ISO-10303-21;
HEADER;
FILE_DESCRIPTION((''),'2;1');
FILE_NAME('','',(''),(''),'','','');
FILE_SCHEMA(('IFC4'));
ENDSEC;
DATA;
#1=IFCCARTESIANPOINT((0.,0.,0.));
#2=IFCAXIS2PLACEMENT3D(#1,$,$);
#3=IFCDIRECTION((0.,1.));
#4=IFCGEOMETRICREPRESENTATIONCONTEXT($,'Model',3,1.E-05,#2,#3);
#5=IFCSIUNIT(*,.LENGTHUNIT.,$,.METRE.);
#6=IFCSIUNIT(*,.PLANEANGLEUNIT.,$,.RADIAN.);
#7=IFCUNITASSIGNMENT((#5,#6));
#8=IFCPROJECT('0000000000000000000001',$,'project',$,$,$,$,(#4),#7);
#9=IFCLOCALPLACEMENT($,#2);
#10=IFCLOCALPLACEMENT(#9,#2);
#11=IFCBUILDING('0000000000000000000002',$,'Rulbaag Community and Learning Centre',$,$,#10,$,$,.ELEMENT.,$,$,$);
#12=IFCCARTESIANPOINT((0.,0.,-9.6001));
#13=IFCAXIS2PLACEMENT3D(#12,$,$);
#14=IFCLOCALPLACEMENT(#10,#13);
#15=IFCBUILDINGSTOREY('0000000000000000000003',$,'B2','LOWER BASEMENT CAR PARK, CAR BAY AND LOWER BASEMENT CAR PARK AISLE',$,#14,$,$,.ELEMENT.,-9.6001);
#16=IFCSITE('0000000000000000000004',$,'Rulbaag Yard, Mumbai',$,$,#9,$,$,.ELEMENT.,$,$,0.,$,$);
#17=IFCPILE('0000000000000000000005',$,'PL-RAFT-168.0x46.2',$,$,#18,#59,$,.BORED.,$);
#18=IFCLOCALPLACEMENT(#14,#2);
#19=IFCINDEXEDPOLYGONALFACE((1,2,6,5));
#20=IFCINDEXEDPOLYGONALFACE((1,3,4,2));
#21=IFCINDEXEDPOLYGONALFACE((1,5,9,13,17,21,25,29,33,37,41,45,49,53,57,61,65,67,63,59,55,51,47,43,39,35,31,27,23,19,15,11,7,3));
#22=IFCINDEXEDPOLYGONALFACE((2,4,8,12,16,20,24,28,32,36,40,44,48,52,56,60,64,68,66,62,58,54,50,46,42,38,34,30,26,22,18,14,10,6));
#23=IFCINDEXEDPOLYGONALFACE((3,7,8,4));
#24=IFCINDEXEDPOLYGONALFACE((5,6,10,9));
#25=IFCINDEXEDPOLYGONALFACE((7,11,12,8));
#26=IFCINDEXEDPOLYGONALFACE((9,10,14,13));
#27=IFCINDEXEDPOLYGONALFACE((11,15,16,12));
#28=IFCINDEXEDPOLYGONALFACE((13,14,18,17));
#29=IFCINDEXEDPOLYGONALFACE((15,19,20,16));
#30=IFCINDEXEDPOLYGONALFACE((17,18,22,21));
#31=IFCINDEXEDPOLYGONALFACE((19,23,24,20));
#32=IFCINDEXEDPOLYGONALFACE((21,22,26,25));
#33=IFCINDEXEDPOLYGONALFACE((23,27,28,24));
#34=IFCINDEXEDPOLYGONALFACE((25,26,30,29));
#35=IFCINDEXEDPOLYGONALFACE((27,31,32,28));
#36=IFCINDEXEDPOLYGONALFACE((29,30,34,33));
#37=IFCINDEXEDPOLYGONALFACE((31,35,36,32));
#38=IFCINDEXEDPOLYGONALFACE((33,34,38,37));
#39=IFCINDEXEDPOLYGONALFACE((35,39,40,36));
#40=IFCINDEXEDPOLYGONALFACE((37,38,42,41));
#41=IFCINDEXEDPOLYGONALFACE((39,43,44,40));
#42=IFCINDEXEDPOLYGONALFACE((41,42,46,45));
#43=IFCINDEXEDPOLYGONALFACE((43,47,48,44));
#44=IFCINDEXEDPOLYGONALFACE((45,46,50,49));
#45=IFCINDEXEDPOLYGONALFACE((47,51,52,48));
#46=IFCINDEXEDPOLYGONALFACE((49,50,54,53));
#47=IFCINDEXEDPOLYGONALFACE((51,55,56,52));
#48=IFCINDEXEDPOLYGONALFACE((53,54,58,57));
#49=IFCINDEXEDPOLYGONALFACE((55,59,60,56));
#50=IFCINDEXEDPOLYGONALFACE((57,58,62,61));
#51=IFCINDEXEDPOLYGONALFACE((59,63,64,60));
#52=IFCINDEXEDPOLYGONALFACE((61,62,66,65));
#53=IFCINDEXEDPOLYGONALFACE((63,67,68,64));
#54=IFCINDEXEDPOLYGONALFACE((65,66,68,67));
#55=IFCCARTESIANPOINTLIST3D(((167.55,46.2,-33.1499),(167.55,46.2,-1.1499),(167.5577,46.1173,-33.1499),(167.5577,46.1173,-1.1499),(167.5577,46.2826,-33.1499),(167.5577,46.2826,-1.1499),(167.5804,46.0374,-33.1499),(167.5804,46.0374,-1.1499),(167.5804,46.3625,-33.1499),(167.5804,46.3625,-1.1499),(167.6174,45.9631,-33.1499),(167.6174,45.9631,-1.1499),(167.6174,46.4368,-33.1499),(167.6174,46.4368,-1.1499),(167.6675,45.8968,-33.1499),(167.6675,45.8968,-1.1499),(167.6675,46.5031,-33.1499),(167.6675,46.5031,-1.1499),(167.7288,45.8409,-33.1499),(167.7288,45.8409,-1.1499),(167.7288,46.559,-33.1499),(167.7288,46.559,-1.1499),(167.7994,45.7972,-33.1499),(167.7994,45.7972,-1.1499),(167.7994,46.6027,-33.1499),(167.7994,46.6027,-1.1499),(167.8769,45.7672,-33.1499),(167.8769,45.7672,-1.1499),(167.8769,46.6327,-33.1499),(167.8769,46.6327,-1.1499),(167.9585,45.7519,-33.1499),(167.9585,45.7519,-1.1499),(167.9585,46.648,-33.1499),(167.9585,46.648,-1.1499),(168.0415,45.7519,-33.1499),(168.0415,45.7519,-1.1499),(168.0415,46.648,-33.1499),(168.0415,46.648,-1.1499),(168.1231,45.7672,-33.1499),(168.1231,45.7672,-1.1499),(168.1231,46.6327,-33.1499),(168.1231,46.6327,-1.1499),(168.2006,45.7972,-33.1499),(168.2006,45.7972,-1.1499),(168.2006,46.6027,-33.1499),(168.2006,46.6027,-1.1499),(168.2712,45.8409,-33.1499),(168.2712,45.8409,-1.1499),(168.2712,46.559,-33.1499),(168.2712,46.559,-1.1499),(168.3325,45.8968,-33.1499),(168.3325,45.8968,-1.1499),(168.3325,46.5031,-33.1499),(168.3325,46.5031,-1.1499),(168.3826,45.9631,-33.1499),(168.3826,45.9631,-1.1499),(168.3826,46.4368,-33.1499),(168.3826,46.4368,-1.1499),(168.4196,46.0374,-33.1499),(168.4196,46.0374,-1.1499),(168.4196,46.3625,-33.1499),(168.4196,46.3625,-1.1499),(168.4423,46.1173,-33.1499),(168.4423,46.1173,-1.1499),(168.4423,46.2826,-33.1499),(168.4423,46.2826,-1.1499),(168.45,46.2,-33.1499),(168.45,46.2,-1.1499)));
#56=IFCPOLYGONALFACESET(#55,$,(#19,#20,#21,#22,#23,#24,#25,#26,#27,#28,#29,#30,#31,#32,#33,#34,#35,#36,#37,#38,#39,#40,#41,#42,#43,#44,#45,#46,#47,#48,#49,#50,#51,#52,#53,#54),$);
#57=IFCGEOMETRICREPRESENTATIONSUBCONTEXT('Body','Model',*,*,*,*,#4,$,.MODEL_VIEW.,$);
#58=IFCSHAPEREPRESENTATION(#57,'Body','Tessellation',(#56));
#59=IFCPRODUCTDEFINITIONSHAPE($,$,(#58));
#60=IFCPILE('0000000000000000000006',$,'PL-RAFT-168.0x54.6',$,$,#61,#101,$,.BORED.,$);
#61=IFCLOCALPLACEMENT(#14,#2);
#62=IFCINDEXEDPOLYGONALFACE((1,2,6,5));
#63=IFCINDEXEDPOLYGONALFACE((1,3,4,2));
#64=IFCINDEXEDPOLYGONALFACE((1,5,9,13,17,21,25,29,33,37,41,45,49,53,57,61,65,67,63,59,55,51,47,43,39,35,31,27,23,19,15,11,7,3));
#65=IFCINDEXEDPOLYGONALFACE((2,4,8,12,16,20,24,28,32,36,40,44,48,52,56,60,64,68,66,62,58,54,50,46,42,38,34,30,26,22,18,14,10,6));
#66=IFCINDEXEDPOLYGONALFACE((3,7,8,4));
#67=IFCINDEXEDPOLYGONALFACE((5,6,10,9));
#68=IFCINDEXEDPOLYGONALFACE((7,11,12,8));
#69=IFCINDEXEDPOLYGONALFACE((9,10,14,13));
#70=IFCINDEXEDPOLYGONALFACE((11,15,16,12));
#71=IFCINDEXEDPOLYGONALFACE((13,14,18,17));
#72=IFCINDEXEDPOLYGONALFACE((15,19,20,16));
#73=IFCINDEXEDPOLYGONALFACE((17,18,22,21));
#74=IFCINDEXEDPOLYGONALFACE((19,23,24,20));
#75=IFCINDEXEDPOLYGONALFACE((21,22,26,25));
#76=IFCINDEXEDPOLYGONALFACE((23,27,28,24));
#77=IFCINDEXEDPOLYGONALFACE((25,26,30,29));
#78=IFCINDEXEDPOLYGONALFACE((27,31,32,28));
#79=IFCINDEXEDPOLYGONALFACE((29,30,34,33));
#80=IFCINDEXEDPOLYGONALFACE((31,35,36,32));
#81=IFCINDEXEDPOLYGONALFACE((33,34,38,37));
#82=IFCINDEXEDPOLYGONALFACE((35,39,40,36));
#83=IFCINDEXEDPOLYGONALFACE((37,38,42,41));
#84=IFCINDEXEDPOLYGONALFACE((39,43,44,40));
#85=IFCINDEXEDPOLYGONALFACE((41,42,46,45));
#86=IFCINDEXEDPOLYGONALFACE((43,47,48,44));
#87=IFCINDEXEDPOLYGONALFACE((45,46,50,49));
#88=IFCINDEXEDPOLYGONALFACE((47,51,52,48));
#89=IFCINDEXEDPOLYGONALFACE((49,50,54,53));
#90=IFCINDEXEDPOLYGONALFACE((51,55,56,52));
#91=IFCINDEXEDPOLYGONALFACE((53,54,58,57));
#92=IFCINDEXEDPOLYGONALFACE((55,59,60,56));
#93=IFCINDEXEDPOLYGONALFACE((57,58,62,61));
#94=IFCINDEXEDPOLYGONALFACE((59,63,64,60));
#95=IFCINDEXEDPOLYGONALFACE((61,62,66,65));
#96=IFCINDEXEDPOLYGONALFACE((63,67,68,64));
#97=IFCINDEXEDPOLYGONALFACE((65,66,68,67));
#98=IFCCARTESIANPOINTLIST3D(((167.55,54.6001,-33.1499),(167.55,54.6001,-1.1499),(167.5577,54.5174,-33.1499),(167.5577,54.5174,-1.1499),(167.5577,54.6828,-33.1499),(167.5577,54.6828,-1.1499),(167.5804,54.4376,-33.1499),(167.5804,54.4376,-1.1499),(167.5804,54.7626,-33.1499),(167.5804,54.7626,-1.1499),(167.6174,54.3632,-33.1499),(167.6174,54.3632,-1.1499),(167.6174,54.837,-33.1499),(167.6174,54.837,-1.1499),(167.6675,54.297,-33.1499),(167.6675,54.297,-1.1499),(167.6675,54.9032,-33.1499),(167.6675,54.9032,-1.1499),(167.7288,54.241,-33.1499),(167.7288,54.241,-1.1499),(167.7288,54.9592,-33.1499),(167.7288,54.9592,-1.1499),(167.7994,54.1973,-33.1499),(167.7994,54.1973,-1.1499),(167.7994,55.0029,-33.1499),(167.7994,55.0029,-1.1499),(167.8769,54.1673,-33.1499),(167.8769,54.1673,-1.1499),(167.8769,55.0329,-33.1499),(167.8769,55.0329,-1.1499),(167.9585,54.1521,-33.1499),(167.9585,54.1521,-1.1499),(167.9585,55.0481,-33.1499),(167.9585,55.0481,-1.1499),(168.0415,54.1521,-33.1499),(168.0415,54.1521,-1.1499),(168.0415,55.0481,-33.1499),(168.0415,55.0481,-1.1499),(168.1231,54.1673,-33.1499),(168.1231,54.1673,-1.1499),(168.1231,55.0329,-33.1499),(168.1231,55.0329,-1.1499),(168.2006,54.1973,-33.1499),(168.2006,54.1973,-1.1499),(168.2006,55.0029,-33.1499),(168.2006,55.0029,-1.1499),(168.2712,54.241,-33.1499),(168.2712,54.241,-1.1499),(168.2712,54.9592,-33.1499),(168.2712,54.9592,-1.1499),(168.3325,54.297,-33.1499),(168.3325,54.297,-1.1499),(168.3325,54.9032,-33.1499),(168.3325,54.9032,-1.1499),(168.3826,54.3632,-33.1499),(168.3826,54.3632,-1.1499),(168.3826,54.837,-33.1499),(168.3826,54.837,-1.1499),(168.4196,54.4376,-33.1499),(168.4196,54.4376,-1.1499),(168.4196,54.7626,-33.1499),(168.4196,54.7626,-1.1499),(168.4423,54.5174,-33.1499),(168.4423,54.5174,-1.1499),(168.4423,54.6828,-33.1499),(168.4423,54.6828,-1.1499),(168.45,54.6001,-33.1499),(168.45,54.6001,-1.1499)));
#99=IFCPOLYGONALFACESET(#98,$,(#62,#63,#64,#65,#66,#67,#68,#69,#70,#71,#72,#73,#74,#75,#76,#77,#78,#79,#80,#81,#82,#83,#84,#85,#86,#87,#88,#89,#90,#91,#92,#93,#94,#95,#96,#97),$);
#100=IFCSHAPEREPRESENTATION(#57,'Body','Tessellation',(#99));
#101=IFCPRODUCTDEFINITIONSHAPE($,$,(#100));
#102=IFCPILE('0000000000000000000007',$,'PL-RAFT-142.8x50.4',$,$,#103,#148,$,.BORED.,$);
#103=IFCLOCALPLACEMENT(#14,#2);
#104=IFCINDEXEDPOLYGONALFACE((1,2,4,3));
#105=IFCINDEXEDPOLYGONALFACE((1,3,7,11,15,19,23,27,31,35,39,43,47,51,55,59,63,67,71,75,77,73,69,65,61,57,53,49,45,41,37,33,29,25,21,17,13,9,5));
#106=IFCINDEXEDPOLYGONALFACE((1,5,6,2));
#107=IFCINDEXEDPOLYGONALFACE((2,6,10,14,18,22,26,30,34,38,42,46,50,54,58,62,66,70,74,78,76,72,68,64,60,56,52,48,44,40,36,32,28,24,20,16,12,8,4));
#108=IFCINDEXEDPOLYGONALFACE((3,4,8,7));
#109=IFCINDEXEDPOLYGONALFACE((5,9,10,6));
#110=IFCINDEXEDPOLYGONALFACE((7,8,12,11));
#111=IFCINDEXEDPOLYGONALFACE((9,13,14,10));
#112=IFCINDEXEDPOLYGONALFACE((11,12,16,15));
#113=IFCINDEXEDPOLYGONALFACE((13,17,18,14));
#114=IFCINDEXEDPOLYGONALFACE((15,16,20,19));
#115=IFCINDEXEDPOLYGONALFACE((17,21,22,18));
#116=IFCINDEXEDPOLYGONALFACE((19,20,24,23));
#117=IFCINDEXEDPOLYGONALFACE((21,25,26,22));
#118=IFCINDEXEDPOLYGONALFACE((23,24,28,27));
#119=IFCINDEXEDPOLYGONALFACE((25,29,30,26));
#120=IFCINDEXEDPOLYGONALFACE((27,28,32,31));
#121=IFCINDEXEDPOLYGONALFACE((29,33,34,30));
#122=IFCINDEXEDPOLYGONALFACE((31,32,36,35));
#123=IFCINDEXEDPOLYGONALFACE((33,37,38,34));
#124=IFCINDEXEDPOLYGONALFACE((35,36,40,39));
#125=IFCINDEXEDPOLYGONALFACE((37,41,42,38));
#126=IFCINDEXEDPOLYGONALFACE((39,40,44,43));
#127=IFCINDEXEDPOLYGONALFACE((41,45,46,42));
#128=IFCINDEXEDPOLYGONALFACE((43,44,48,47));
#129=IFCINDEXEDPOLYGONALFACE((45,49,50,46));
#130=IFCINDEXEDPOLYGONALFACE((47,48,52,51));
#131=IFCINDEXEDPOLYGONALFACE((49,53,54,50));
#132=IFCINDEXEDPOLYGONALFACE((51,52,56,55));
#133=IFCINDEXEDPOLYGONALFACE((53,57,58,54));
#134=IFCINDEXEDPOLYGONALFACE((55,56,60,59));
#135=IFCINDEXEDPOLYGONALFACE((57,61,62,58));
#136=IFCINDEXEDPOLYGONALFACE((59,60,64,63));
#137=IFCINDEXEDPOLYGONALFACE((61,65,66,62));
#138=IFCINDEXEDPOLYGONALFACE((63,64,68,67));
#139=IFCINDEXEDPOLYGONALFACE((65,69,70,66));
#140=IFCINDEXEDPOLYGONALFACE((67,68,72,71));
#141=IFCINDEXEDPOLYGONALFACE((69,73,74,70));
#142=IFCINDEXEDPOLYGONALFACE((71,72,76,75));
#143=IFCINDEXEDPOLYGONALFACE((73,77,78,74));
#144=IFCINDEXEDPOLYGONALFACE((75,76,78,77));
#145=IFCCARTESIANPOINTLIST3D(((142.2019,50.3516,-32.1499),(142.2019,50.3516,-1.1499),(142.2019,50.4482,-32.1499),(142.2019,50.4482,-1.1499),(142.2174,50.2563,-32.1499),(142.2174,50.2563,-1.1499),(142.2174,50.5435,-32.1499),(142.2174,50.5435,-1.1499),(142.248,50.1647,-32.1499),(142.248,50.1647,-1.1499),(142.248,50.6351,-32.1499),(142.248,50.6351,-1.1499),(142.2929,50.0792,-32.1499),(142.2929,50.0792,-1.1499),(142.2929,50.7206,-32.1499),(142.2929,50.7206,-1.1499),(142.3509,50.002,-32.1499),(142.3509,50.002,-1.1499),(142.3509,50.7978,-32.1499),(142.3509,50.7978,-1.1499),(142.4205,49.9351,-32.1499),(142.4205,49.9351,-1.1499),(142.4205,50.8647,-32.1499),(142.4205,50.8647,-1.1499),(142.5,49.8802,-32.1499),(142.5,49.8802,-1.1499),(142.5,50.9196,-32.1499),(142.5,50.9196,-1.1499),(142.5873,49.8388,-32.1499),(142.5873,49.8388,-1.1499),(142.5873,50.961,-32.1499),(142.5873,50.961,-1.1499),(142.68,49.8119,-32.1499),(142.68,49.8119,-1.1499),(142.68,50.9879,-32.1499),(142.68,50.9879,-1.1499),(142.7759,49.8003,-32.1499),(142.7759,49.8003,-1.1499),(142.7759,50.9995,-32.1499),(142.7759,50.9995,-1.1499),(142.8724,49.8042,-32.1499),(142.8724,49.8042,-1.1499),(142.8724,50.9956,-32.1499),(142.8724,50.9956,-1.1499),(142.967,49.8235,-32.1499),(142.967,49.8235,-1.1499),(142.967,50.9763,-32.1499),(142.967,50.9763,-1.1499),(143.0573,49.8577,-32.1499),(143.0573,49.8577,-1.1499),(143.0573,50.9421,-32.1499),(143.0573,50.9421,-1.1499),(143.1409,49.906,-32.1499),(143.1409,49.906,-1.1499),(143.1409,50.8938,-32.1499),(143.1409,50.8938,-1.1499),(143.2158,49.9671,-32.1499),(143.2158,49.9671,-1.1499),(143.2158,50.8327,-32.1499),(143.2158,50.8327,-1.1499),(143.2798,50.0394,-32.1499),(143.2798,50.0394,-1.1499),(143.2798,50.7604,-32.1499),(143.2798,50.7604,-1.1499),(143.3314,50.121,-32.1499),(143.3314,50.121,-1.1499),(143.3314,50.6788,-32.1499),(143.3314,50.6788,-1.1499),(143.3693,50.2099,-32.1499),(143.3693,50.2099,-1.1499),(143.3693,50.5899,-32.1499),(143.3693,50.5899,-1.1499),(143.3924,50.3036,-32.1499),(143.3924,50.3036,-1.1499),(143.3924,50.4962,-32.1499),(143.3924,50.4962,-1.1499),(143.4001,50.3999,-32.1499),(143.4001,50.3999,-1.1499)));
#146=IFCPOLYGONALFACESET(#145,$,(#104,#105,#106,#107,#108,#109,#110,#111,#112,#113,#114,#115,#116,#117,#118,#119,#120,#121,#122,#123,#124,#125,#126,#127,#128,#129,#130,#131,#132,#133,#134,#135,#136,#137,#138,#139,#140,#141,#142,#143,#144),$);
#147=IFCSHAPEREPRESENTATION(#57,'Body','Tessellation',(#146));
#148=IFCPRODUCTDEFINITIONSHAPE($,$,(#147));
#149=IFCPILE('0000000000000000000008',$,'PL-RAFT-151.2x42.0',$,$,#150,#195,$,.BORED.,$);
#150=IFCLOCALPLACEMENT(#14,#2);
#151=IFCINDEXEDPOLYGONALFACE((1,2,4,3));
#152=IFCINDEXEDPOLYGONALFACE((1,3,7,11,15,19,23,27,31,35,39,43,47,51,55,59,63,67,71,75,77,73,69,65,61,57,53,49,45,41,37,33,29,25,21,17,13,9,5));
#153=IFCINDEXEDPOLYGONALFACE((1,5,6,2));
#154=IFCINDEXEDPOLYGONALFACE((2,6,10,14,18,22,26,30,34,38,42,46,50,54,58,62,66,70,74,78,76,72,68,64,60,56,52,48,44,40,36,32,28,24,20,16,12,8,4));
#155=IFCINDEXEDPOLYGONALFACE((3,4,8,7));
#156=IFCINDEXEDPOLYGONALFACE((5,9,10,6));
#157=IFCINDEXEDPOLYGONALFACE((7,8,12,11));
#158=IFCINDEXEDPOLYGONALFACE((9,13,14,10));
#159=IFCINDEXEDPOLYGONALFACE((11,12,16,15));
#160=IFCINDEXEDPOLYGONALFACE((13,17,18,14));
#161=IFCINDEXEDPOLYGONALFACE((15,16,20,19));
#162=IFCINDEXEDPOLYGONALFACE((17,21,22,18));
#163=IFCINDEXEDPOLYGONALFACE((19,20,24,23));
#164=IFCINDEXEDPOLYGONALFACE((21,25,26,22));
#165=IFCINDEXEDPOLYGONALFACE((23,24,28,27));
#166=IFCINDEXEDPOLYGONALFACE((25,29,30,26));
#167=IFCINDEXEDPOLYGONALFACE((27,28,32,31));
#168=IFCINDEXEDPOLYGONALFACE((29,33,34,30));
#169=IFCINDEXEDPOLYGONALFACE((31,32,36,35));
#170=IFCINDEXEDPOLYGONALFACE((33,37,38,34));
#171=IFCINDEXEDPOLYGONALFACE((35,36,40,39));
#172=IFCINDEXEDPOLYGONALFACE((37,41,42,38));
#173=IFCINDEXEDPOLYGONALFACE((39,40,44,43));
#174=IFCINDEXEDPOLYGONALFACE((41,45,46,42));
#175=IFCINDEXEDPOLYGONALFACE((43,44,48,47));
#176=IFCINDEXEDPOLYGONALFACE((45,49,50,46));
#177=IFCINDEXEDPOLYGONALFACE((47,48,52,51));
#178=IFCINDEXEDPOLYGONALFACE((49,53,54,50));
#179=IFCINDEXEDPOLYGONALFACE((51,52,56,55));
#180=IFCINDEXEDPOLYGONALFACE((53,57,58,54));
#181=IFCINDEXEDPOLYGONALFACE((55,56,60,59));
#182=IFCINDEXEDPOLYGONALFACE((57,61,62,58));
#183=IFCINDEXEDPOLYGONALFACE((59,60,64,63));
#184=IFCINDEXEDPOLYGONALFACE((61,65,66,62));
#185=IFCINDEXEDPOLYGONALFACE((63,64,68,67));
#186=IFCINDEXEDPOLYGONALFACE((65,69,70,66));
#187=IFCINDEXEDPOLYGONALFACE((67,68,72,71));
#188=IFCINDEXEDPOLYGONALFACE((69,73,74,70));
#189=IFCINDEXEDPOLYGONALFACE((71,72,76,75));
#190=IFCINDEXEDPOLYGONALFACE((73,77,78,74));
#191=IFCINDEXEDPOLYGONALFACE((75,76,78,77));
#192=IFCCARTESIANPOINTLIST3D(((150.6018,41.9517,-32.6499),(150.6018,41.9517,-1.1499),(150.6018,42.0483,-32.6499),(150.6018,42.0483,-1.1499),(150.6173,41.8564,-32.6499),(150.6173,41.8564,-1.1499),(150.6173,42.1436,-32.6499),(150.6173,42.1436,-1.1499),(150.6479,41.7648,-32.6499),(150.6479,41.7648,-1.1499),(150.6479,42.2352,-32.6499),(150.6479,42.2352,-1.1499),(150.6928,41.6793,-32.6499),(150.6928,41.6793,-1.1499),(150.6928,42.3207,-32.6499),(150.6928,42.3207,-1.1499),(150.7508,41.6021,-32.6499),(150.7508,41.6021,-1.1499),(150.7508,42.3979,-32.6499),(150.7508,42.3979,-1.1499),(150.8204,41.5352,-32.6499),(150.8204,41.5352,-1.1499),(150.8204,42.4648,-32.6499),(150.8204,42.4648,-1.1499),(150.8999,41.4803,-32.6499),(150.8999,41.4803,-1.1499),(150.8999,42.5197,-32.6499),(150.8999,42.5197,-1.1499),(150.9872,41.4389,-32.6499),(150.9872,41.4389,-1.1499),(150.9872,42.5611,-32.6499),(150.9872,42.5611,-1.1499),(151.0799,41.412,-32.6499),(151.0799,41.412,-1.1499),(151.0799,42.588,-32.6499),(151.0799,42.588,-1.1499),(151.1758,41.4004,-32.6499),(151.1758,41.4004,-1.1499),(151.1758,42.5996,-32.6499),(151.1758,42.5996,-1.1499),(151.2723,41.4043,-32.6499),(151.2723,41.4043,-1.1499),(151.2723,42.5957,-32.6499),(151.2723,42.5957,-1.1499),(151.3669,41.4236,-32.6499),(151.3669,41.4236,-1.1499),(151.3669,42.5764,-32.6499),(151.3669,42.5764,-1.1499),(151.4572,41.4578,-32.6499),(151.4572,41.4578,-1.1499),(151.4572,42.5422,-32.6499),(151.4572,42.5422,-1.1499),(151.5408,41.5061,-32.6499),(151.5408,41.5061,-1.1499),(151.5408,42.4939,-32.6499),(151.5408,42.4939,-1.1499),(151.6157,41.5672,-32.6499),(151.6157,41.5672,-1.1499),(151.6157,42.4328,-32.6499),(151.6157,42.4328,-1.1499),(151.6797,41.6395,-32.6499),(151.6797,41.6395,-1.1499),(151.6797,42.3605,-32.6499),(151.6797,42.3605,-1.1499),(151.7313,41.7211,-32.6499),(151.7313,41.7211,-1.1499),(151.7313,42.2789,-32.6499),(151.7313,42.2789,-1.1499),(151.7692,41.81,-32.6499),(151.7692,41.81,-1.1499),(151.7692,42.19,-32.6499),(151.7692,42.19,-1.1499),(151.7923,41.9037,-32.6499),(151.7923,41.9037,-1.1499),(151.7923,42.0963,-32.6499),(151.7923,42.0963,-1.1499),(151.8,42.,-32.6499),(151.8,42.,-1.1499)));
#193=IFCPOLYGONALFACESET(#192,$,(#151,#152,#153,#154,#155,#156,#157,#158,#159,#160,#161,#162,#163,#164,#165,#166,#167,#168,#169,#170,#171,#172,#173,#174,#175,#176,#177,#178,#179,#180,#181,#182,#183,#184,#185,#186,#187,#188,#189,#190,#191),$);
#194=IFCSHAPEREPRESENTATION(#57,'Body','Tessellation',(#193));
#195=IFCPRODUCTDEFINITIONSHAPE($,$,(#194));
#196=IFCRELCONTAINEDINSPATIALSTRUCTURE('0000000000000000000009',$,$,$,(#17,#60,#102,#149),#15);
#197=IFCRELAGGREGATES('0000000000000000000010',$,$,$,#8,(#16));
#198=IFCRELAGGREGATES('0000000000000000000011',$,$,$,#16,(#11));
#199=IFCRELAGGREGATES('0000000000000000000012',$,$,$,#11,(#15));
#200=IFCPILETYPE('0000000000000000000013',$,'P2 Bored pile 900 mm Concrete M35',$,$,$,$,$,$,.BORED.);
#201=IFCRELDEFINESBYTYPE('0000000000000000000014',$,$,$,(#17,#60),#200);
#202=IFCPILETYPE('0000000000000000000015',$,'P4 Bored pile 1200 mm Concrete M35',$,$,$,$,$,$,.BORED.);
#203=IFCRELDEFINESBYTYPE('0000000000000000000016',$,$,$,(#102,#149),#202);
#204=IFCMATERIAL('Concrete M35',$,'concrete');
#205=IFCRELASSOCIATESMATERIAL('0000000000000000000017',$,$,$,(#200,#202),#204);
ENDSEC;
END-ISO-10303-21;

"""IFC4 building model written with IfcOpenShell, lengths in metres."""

from ifc_helpers import new_model, si_unit, direction, frame, origin, origin_2d, place, context, subcontext, project, spatial, circle, extrude, material, material_profile, profile_set, type_object, element, save


model = new_model("IFC4")

# Units and contexts
model_context = context("Model", 3, precision=1e-05, world=origin(), true_north=direction((0.0, 1.0)))
body_context = subcontext(model_context, "Body", "Model", "MODEL_VIEW")
ifc_project = project(units=[si_unit("LENGTHUNIT", "METRE"), si_unit("PLANEANGLEUNIT", "RADIAN")], contexts=[model_context])

# Site, building, storey
site_placement = place(None, origin())
site = spatial("IfcSite", under=ifc_project, at=site_placement, Name="Rulbaag Yard, Mumbai", CompositionType="ELEMENT", RefElevation=0.0)
building_placement = place(site_placement, origin())
building = spatial("IfcBuilding", under=site, at=building_placement, Name="Rulbaag Community and Learning Centre", CompositionType="ELEMENT")
storey_placement = place(building_placement, frame((0.0, 0.0, -9.6001)))
storey = spatial("IfcBuildingStorey", under=building, at=storey_placement, Name="B2", Description="LOWER BASEMENT CAR PARK, CAR BAY AND LOWER BASEMENT CAR PARK AISLE", CompositionType="ELEMENT", Elevation=-9.6001)

# Piles
ifc_material_1 = material(Name="Concrete M35", Category="concrete")
ifc_material_profile_1 = material_profile(ifc_material_1, circle(Radius=0.45, at=origin_2d()), Name="BP900")
ifc_profile_set_1 = profile_set([ifc_material_profile_1], Name="Concrete M35")
pile_type_1 = type_object("IfcPileType", Name="P2 Bored pile 900 mm Concrete M35", PredefinedType="BORED", material=ifc_profile_set_1)
for number, where, z_axis, x_axis, name in (
    (1, (168.0, 46.2, -1.1499), (0.0, 0.0, -1.0), (1.0, 0.0, 0.0), "PL-RAFT-168.0x46.2"),
    (2, (168.0, 54.6001, -1.1499), (0.0, 0.0, -1.0), (1.0, 0.0, 0.0), "PL-RAFT-168.0x54.6"),
):
    element("IfcPile", number, at=place(storey_placement, frame(where, z_axis=z_axis, x_axis=x_axis)), inside=storey, type_object=pile_type_1, Name=name, PredefinedType="BORED", context=body_context, shape_type="SweptSolid", body=[
        extrude(circle(Radius=0.45, at=origin_2d()), origin(), (0.0, 0.0, 1.0), 32.0),
    ])
ifc_material_profile_2 = material_profile(ifc_material_1, circle(Radius=0.6001, at=origin_2d()), Name="BP1200")
ifc_profile_set_2 = profile_set([ifc_material_profile_2], Name="Concrete M35")
pile_type_2 = type_object("IfcPileType", Name="P4 Bored pile 1200 mm Concrete M35", PredefinedType="BORED", material=ifc_profile_set_2)
pile_placement = place(storey_placement, frame((142.8, 50.3999, -1.1499), z_axis=(0.0, 0.0, -1.0), x_axis=(1.0, 0.0, 0.0)))
element("IfcPile", 3, at=pile_placement, inside=storey, type_object=pile_type_2, Name="PL-RAFT-142.8x50.4", PredefinedType="BORED", context=body_context, shape_type="SweptSolid", body=[
    extrude(circle(Radius=0.6001, at=origin_2d()), origin(), (0.0, 0.0, 1.0), 31.0),
])
for number, where, z_axis, x_axis, name in (
    (4, (151.2, 42.0, -1.1499), (0.0, 0.0, -1.0), (1.0, 0.0, 0.0), "PL-RAFT-151.2x42.0"),
):
    element("IfcPile", number, at=place(storey_placement, frame(where, z_axis=z_axis, x_axis=x_axis)), inside=storey, type_object=pile_type_2, Name=name, PredefinedType="BORED", context=body_context, shape_type="SweptSolid", body=[
        extrude(circle(Radius=0.6001, at=origin_2d()), origin(), (0.0, 0.0, 1.0), 31.5),
    ])

save(model, "model.ifc")
